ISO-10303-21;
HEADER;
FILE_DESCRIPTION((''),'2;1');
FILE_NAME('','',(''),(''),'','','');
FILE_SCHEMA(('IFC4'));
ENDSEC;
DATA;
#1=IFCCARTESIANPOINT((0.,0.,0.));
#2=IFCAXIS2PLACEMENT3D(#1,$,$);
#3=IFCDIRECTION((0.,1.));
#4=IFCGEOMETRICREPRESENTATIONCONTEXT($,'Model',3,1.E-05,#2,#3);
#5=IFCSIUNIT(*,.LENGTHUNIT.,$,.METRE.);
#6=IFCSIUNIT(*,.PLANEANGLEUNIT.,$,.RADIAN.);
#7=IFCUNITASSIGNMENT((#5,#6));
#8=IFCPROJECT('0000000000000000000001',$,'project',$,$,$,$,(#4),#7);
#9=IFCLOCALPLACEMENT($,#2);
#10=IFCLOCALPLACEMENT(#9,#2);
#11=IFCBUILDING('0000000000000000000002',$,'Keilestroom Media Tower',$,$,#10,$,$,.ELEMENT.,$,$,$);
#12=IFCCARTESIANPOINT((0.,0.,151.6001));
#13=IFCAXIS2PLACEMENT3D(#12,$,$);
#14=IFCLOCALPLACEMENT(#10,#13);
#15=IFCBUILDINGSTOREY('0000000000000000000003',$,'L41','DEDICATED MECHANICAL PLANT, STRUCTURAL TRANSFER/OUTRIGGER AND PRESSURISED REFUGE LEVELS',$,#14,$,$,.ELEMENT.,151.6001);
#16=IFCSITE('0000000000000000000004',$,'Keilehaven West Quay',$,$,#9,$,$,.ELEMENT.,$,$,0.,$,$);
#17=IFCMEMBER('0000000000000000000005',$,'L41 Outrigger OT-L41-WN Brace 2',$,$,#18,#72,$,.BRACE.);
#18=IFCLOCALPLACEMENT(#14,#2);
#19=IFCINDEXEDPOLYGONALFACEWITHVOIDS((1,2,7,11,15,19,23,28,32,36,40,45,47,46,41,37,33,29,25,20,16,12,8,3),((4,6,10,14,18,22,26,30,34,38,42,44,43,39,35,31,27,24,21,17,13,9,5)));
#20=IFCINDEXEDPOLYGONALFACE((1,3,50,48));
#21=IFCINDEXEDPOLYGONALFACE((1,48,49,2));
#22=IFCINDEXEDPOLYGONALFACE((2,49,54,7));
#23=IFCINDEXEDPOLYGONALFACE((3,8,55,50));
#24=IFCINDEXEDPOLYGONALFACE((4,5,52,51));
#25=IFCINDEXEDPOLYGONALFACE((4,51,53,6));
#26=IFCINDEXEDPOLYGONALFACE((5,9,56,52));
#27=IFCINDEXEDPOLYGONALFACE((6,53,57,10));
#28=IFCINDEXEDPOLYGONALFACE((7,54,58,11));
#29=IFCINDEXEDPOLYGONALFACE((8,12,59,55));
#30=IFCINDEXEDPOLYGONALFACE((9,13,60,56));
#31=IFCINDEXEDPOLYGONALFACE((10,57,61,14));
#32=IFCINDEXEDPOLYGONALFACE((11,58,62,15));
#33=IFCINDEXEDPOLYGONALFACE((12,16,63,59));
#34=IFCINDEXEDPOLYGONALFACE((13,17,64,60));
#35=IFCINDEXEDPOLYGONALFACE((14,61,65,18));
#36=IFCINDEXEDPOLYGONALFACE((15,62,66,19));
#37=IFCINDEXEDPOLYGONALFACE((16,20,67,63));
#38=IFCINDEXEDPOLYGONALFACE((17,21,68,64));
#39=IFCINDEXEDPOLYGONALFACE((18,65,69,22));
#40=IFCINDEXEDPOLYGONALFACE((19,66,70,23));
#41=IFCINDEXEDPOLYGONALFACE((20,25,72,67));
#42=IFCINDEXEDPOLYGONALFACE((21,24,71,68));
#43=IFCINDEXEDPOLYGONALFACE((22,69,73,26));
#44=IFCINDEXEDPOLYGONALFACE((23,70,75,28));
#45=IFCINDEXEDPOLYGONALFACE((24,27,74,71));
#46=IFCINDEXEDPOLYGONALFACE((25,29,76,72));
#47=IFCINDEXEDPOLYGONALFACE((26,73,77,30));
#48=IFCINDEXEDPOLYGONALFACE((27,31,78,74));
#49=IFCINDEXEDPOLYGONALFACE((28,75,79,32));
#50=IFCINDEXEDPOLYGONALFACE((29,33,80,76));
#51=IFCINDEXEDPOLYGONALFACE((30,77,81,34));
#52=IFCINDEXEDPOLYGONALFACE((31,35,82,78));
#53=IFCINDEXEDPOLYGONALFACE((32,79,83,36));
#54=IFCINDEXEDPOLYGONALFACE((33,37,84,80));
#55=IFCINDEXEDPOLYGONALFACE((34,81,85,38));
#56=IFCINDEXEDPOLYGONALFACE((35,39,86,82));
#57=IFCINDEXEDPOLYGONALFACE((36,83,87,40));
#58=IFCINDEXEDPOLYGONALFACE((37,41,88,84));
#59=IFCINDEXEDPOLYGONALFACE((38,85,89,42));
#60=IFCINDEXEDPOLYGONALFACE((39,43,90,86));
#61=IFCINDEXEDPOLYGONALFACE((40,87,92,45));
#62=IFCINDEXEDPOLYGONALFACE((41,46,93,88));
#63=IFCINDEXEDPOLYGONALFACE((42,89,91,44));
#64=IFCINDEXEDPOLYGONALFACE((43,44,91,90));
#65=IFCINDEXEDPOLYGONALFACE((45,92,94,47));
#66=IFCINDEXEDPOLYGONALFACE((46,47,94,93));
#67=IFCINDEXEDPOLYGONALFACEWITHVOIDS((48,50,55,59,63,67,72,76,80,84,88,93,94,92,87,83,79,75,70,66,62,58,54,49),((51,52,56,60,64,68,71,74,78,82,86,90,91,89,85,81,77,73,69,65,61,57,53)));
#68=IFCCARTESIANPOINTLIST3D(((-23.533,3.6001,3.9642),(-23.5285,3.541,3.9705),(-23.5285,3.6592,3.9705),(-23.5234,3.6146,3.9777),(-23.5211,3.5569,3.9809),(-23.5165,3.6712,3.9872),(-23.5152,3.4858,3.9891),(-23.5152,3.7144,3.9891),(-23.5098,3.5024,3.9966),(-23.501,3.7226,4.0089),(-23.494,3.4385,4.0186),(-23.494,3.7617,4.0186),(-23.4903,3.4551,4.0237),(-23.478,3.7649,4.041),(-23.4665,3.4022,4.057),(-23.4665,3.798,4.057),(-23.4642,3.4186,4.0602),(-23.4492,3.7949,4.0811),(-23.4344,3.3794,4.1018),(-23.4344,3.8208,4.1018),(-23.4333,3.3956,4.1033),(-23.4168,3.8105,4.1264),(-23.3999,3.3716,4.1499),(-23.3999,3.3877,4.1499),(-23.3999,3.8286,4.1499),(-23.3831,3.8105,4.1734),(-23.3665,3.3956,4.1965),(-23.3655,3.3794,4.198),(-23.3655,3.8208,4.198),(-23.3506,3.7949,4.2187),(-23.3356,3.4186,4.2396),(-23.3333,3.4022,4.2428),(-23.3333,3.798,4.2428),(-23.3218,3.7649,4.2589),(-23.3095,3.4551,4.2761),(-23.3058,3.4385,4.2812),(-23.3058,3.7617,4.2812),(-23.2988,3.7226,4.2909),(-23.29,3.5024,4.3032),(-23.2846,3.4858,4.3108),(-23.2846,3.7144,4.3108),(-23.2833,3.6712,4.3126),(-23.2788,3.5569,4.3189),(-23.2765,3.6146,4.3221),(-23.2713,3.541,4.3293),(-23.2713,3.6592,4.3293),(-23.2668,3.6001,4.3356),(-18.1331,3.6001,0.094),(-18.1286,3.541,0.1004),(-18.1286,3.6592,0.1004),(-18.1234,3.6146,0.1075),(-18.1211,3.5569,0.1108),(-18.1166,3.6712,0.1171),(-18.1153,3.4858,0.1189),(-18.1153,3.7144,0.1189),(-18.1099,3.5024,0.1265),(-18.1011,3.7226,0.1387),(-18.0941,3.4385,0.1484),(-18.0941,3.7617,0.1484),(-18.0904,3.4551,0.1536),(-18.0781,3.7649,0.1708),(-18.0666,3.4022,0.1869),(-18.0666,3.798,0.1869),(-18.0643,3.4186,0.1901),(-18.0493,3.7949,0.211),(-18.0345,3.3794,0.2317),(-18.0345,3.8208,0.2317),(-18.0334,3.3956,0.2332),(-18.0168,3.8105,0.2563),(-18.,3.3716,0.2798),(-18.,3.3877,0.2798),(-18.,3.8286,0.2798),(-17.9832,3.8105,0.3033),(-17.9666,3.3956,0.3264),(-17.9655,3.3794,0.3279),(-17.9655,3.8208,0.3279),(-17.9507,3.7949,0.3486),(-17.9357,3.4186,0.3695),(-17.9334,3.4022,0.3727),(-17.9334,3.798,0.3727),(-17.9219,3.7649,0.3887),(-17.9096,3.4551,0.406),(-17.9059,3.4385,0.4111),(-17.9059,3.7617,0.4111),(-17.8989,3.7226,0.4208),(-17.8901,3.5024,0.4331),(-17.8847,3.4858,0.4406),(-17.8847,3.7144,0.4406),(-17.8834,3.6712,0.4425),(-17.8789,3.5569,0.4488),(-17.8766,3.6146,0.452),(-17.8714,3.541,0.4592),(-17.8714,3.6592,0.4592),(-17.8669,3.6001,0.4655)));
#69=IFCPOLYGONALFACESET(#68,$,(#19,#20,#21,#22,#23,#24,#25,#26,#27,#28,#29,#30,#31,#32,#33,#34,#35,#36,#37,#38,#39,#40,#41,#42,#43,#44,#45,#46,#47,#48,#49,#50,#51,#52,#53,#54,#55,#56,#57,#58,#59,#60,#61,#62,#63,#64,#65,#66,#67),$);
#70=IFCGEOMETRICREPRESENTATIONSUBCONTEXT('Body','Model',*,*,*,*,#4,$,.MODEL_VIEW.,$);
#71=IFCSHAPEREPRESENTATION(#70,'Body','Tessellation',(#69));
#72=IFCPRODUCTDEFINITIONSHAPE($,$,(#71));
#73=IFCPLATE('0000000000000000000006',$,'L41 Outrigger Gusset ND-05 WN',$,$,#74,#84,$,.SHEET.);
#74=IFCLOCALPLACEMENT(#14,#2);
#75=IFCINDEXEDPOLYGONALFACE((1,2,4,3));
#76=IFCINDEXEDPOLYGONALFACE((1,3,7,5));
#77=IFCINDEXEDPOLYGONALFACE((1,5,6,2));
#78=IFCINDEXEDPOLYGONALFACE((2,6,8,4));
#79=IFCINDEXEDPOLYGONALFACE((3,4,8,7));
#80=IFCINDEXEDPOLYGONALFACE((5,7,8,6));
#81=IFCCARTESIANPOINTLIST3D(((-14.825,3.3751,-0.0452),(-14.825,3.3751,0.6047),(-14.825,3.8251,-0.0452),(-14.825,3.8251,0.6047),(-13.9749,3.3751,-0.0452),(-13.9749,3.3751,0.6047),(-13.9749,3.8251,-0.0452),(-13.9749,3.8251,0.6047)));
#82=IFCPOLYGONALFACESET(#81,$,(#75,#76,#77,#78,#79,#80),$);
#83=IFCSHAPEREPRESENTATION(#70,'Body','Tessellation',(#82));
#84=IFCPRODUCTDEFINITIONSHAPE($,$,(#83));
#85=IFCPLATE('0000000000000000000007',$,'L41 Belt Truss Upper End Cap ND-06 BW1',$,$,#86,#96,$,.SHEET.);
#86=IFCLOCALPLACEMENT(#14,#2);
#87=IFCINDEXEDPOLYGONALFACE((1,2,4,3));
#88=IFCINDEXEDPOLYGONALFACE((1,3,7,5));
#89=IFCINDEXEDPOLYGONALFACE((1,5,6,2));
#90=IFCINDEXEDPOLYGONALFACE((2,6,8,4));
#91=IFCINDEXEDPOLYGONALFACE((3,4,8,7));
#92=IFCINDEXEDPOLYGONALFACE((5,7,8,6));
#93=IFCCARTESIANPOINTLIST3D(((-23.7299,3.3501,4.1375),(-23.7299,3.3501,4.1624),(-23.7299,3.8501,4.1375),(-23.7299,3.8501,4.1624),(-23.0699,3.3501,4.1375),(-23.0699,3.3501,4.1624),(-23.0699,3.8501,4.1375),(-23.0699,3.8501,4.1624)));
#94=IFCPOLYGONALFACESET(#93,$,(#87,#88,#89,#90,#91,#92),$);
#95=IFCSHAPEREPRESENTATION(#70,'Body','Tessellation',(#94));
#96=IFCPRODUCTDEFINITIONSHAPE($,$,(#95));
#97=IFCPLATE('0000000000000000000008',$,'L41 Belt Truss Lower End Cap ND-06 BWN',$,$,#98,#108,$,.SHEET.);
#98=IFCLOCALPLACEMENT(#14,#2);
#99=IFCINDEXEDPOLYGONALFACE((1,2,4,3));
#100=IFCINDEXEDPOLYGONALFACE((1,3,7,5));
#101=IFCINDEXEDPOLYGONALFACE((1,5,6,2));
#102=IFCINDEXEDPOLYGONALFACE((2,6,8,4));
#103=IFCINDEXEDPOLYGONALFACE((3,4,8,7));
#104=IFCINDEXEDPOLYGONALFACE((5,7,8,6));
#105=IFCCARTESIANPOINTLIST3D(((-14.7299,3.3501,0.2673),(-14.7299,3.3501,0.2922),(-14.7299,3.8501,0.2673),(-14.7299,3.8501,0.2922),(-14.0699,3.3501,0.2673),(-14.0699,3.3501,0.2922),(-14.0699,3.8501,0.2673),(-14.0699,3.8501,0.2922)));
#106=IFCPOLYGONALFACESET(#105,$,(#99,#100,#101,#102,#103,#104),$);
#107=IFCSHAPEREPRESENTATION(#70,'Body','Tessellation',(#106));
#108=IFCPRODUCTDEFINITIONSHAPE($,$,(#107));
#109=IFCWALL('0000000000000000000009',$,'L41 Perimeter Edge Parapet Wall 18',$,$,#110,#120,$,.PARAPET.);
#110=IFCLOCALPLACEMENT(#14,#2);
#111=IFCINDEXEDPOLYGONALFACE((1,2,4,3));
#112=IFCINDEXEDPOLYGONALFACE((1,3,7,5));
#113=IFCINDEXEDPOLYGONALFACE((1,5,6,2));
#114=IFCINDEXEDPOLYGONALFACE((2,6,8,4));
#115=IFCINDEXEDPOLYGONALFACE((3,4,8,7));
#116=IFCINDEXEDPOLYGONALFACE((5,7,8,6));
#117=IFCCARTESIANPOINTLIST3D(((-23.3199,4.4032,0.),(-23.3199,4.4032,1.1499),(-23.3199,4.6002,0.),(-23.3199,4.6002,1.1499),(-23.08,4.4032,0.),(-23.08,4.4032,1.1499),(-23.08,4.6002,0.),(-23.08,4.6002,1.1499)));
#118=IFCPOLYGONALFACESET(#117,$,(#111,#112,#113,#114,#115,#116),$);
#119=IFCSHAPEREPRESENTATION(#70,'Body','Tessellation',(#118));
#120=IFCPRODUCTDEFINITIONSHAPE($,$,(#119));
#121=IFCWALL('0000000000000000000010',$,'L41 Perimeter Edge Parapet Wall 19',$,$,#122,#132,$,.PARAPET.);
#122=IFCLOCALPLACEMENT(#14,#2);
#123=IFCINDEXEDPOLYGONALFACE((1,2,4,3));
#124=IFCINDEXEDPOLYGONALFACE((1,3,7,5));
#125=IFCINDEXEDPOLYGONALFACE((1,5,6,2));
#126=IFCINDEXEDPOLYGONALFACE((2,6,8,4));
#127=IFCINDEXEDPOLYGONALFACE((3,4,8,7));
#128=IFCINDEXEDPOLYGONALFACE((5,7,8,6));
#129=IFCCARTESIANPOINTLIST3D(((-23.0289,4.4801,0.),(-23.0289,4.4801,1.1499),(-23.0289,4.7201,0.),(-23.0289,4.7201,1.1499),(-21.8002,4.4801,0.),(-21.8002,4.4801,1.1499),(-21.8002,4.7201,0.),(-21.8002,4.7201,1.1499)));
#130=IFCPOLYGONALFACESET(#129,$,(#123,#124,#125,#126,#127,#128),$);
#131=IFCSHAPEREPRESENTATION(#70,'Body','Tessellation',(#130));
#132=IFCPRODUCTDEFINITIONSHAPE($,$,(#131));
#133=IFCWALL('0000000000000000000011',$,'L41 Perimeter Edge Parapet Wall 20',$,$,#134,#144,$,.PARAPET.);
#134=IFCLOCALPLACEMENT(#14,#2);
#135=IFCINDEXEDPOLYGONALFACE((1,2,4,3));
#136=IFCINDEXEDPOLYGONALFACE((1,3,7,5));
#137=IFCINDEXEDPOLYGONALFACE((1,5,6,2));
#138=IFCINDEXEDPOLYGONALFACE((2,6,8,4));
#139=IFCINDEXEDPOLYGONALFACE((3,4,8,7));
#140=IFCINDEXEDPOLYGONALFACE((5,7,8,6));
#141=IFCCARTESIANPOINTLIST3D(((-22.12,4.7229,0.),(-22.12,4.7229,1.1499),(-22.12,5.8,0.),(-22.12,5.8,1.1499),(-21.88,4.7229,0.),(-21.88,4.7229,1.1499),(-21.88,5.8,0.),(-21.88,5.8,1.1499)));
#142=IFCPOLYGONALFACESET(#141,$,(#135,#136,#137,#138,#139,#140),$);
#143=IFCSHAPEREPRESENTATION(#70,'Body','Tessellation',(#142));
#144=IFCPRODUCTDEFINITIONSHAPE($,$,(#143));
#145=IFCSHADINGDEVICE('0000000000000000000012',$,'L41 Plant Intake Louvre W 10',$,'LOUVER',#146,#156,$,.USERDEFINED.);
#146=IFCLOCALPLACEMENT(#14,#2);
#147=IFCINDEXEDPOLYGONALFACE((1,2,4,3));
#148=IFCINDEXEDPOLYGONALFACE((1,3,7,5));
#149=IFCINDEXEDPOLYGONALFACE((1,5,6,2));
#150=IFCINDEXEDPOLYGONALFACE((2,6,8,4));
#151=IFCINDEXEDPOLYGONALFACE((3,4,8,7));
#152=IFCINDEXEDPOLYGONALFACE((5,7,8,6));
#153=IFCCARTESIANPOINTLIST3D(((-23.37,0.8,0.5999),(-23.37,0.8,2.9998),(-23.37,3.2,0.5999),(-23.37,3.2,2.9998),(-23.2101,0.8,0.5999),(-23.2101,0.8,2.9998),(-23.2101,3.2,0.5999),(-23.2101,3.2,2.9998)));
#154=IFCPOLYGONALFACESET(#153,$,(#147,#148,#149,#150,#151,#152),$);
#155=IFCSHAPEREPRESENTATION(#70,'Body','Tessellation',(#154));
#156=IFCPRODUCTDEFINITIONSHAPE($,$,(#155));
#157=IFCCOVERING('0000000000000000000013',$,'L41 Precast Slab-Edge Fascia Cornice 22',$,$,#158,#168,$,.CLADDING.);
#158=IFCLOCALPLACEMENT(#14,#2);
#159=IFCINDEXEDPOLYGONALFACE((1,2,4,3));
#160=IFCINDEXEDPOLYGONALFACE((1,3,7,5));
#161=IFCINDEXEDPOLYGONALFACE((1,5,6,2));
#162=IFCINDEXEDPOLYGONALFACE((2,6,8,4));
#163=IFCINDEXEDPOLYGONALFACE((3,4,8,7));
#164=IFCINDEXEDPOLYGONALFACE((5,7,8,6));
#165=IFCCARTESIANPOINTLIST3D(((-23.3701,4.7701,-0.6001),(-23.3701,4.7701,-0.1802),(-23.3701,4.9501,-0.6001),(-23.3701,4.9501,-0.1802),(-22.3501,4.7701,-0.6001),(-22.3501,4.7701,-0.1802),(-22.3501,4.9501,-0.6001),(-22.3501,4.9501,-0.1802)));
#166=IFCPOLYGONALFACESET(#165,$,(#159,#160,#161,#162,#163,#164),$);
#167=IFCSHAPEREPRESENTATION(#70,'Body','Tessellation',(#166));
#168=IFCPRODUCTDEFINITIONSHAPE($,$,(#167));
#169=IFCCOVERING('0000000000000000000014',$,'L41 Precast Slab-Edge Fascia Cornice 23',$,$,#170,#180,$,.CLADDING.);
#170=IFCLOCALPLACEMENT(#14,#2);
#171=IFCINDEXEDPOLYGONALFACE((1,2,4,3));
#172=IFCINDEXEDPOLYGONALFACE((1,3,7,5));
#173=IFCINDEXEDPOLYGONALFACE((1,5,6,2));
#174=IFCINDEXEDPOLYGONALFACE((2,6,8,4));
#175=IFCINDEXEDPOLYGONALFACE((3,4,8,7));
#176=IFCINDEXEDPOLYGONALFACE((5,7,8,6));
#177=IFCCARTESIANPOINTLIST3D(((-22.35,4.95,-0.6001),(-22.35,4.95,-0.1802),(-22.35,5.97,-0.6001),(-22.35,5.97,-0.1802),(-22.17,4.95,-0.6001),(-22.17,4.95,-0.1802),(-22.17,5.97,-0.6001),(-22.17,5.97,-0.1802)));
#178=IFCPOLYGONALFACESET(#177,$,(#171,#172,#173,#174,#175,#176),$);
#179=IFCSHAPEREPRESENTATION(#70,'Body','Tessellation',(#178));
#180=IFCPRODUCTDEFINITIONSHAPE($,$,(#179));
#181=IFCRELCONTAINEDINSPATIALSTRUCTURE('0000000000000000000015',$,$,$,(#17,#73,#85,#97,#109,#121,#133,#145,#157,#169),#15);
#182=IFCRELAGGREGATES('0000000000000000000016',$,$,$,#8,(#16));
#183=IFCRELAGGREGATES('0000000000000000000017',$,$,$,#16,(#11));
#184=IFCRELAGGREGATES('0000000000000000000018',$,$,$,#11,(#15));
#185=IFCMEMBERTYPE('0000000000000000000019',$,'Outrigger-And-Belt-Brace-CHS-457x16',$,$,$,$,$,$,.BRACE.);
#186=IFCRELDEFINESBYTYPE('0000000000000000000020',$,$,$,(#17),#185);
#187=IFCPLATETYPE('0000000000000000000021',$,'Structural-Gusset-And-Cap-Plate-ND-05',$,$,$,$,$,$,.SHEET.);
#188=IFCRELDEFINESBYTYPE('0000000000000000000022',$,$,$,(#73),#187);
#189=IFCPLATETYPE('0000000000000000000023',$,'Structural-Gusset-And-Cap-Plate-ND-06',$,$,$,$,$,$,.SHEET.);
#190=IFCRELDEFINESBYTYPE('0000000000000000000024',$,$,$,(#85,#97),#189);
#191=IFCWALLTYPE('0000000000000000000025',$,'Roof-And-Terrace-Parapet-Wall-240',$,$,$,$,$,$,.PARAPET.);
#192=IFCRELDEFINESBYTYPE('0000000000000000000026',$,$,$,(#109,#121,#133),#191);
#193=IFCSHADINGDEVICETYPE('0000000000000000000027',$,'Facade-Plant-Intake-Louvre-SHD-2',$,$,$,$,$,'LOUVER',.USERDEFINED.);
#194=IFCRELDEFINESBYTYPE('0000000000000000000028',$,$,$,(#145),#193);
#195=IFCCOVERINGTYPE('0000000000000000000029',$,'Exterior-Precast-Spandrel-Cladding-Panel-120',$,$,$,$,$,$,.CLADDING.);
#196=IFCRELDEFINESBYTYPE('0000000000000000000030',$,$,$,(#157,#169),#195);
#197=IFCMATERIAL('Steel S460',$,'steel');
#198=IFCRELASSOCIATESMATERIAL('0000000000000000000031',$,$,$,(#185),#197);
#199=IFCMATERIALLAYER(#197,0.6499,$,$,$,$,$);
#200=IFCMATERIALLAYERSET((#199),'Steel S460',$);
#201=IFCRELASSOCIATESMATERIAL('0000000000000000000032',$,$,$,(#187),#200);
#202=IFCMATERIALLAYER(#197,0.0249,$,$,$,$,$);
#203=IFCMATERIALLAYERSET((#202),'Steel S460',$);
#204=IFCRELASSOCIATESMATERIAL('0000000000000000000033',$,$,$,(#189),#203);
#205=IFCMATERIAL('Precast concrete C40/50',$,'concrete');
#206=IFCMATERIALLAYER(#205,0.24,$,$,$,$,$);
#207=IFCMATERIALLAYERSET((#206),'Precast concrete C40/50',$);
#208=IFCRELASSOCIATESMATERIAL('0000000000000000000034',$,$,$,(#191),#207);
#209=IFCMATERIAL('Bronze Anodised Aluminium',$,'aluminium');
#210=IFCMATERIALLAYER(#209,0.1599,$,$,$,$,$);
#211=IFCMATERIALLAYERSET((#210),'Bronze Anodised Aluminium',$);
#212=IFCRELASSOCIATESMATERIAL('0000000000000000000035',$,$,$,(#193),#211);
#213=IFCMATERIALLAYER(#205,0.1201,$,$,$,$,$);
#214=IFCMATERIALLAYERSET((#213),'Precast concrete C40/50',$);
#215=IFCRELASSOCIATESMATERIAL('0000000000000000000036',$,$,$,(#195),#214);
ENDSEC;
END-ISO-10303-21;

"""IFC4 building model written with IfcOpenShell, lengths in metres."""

from ifc_helpers import new_model, si_unit, direction, frame, frame_2d, origin, origin_2d, place, context, subcontext, project, spatial, rectangle, hollow_circle, extrude, source, transform, mapped, material, layer, layer_set, material_profile, profile_set, type_object, element, save


model = new_model("IFC4")

# Units and contexts
model_context = context("Model", 3, precision=1e-05, world=origin(), true_north=direction((0.0, 1.0)))
body_context = subcontext(model_context, "Body", "Model", "MODEL_VIEW")
ifc_project = project(units=[si_unit("LENGTHUNIT", "METRE"), si_unit("PLANEANGLEUNIT", "RADIAN")], contexts=[model_context])

# Site, building, storey
site_placement = place(None, origin())
site = spatial("IfcSite", under=ifc_project, at=site_placement, Name="Keilehaven West Quay", CompositionType="ELEMENT", RefElevation=0.0)
building_placement = place(site_placement, origin())
building = spatial("IfcBuilding", under=site, at=building_placement, Name="Keilestroom Media Tower", CompositionType="ELEMENT")
storey_placement = place(building_placement, frame((0.0, 0.0, 151.6001)))
storey = spatial("IfcBuildingStorey", under=building, at=storey_placement, Name="L41", Description="DEDICATED MECHANICAL PLANT, STRUCTURAL TRANSFER/OUTRIGGER AND PRESSURISED REFUGE LEVELS", CompositionType="ELEMENT", Elevation=151.6001)

# Shared definitions
ifc_material_1 = material(Name="Precast concrete C40/50", Category="concrete")

# Member
ifc_material_2 = material(Name="Steel S460", Category="steel")
ifc_material_profile_1 = material_profile(ifc_material_2, hollow_circle(Radius=0.2285, WallThickness=0.0161, at=origin_2d()), Name="CHS 457x16")
ifc_profile_set_1 = profile_set([ifc_material_profile_1], Name="Steel S460")
member_type_1 = type_object("IfcMemberType", Name="Outrigger-And-Belt-Brace-CHS-457x16", PredefinedType="BRACE", material=ifc_profile_set_1)
shared_shape_1 = source(origin(), body_context, "Body", "SweptSolid", [
    extrude(hollow_circle(Radius=0.2285, WallThickness=0.0161, at=origin_2d()), origin(), (0.0, 0.0, 1.0), 6.6436),
])
member_1_placement = place(storey_placement, frame((-18.0, 3.6001, 0.2798), z_axis=(-0.812804, 0.0, 0.582538), x_axis=(0.0, -1.0, 0.0)))
element("IfcMember", 1, at=member_1_placement, inside=storey, type_object=member_type_1, Name="L41 Outrigger OT-L41-WN Brace 2", PredefinedType="BRACE", context=body_context, shape_type="MappedRepresentation", body=[
    mapped(shared_shape_1, transform((0.0, 0.0, 0.0), x_axis=(1.0, 0.0, 0.0), y_axis=(0.0, 1.0, 0.0), z_axis=(0.0, 0.0, 1.0), scale=1.0)),
])

# Plates
ifc_layer_1 = layer(ifc_material_2, 0.6499)
ifc_layer_set_1 = layer_set([ifc_layer_1], Name="Steel S460")
plate_type_1 = type_object("IfcPlateType", Name="Structural-Gusset-And-Cap-Plate-ND-05", PredefinedType="SHEET", material=ifc_layer_set_1)
shared_shape_2 = source(origin(), body_context, "Body", "SweptSolid", [
    extrude(rectangle(XDim=0.8501, YDim=0.45, at=origin_2d()), origin(), (0.0, 0.0, 1.0), 0.6499),
])
plate_placement = place(storey_placement, frame((-14.3999, 3.6001, -0.0452), z_axis=(0.0, 0.0, 1.0), x_axis=(1.0, 0.0, 0.0)))
element("IfcPlate", 2, at=plate_placement, inside=storey, type_object=plate_type_1, Name="L41 Outrigger Gusset ND-05 WN", PredefinedType="SHEET", context=body_context, shape_type="MappedRepresentation", body=[
    mapped(shared_shape_2, transform((0.0, 0.0, 0.0), x_axis=(1.0, 0.0, 0.0), y_axis=(0.0, 1.0, 0.0), z_axis=(0.0, 0.0, 1.0), scale=1.0)),
])
ifc_layer_2 = layer(ifc_material_2, 0.0249)
ifc_layer_set_2 = layer_set([ifc_layer_2], Name="Steel S460")
plate_type_2 = type_object("IfcPlateType", Name="Structural-Gusset-And-Cap-Plate-ND-06", PredefinedType="SHEET", material=ifc_layer_set_2)
shared_shape_3 = source(origin(), body_context, "Body", "SweptSolid", [
    extrude(rectangle(XDim=0.6599, YDim=0.5, at=origin_2d()), origin(), (0.0, 0.0, 1.0), 0.0249),
])
for number, where, z_axis, x_axis, name in (
    (3, (-23.3999, 3.6001, 4.1375), (0.0, 0.0, 1.0), (1.0, 0.0, 0.0), "L41 Belt Truss Upper End Cap ND-06 BW1"),
    (4, (-14.3999, 3.6001, 0.2673), (0.0, 0.0, 1.0), (1.0, 0.0, 0.0), "L41 Belt Truss Lower End Cap ND-06 BWN"),
):
    element("IfcPlate", number, at=place(storey_placement, frame(where, z_axis=z_axis, x_axis=x_axis)), inside=storey, type_object=plate_type_2, Name=name, PredefinedType="SHEET", context=body_context, shape_type="MappedRepresentation", body=[
        mapped(shared_shape_3, transform((0.0, 0.0, 0.0), x_axis=(1.0, 0.0, 0.0), y_axis=(0.0, 1.0, 0.0), z_axis=(0.0, 0.0, 1.0), scale=1.0)),
    ])

# Walls
ifc_layer_3 = layer(ifc_material_1, 0.24)
ifc_layer_set_3 = layer_set([ifc_layer_3], Name="Precast concrete C40/50")
wall_type = type_object("IfcWallType", Name="Roof-And-Terrace-Parapet-Wall-240", PredefinedType="PARAPET", material=ifc_layer_set_3)
wall_1_placement = place(storey_placement, frame((-23.2, 4.4031, 0.0), z_axis=(0.0, 0.0, 1.0), x_axis=(0.0, 1.0, 0.0)))
element("IfcWall", 5, at=wall_1_placement, inside=storey, type_object=wall_type, Name="L41 Perimeter Edge Parapet Wall 18", PredefinedType="PARAPET", context=body_context, shape_type="SweptSolid", body=[
    extrude(rectangle(XDim=0.197, YDim=0.24, at=frame_2d((0.0986, 0.0))), origin(), (0.0, 0.0, 1.0), 1.1499),
])
wall_2_placement = place(storey_placement, frame((-23.0288, 4.6001, 0.0), z_axis=(0.0, 0.0, 1.0), x_axis=(1.0, 0.0, 0.0)))
element("IfcWall", 6, at=wall_2_placement, inside=storey, type_object=wall_type, Name="L41 Perimeter Edge Parapet Wall 19", PredefinedType="PARAPET", context=body_context, shape_type="SweptSolid", body=[
    extrude(rectangle(XDim=1.2288, YDim=0.24, at=frame_2d((0.6143, 0.0))), origin(), (0.0, 0.0, 1.0), 1.1499),
])
wall_3_placement = place(storey_placement, frame((-22.0, 4.7229, 0.0), z_axis=(0.0, 0.0, 1.0), x_axis=(0.0, 1.0, 0.0)))
element("IfcWall", 7, at=wall_3_placement, inside=storey, type_object=wall_type, Name="L41 Perimeter Edge Parapet Wall 20", PredefinedType="PARAPET", context=body_context, shape_type="SweptSolid", body=[
    extrude(rectangle(XDim=1.0771, YDim=0.24, at=frame_2d((0.5386, 0.0))), origin(), (0.0, 0.0, 1.0), 1.1499),
])

# Shading device
ifc_material_3 = material(Name="Bronze Anodised Aluminium", Category="aluminium")
ifc_layer_4 = layer(ifc_material_3, 0.1599)
ifc_layer_set_4 = layer_set([ifc_layer_4], Name="Bronze Anodised Aluminium")
shading_device_type = type_object("IfcShadingDeviceType", Name="Facade-Plant-Intake-Louvre-SHD-2", ElementType="LOUVER", PredefinedType="USERDEFINED", material=ifc_layer_set_4)
shared_shape_4 = source(origin(), body_context, "Body", "SweptSolid", [
    extrude(rectangle(XDim=0.1599, YDim=2.3999, at=origin_2d()), origin(), (0.0, 0.0, 1.0), 2.3999),
])
shading_device_placement = place(storey_placement, frame((-23.29, 2.0, 0.5999), z_axis=(0.0, 0.0, 1.0), x_axis=(1.0, 0.0, 0.0)))
element("IfcShadingDevice", 8, at=shading_device_placement, inside=storey, type_object=shading_device_type, Name="L41 Plant Intake Louvre W 10", ObjectType="LOUVER", PredefinedType="USERDEFINED", context=body_context, shape_type="MappedRepresentation", body=[
    mapped(shared_shape_4, transform((0.0, 0.0, 0.0), x_axis=(1.0, 0.0, 0.0), y_axis=(0.0, 1.0, 0.0), z_axis=(0.0, 0.0, 1.0), scale=1.0)),
])

# Coverings
ifc_layer_5 = layer(ifc_material_1, 0.1201)
ifc_layer_set_5 = layer_set([ifc_layer_5], Name="Precast concrete C40/50")
covering_type = type_object("IfcCoveringType", Name="Exterior-Precast-Spandrel-Cladding-Panel-120", PredefinedType="CLADDING", material=ifc_layer_set_5)
shared_shape_5 = source(origin(), body_context, "Body", "SweptSolid", [
    extrude(rectangle(XDim=1.02, YDim=0.1799, at=origin_2d()), origin(), (0.0, 0.0, 1.0), 0.4199),
])
for number, where, z_axis, x_axis, name in (
    (9, (-22.8601, 4.8601, -0.6001), (0.0, 0.0, 1.0), (1.0, 0.0, 0.0), "L41 Precast Slab-Edge Fascia Cornice 22"),
    (10, (-22.26, 5.46, -0.6001), (0.0, 0.0, 1.0), (0.0, 1.0, 0.0), "L41 Precast Slab-Edge Fascia Cornice 23"),
):
    element("IfcCovering", number, at=place(storey_placement, frame(where, z_axis=z_axis, x_axis=x_axis)), inside=storey, type_object=covering_type, Name=name, PredefinedType="CLADDING", context=body_context, shape_type="MappedRepresentation", body=[
        mapped(shared_shape_5, transform((0.0, 0.0, 0.0), x_axis=(1.0, 0.0, 0.0), y_axis=(0.0, 1.0, 0.0), z_axis=(0.0, 0.0, 1.0), scale=1.0)),
    ])

save(model, "model.ifc")
